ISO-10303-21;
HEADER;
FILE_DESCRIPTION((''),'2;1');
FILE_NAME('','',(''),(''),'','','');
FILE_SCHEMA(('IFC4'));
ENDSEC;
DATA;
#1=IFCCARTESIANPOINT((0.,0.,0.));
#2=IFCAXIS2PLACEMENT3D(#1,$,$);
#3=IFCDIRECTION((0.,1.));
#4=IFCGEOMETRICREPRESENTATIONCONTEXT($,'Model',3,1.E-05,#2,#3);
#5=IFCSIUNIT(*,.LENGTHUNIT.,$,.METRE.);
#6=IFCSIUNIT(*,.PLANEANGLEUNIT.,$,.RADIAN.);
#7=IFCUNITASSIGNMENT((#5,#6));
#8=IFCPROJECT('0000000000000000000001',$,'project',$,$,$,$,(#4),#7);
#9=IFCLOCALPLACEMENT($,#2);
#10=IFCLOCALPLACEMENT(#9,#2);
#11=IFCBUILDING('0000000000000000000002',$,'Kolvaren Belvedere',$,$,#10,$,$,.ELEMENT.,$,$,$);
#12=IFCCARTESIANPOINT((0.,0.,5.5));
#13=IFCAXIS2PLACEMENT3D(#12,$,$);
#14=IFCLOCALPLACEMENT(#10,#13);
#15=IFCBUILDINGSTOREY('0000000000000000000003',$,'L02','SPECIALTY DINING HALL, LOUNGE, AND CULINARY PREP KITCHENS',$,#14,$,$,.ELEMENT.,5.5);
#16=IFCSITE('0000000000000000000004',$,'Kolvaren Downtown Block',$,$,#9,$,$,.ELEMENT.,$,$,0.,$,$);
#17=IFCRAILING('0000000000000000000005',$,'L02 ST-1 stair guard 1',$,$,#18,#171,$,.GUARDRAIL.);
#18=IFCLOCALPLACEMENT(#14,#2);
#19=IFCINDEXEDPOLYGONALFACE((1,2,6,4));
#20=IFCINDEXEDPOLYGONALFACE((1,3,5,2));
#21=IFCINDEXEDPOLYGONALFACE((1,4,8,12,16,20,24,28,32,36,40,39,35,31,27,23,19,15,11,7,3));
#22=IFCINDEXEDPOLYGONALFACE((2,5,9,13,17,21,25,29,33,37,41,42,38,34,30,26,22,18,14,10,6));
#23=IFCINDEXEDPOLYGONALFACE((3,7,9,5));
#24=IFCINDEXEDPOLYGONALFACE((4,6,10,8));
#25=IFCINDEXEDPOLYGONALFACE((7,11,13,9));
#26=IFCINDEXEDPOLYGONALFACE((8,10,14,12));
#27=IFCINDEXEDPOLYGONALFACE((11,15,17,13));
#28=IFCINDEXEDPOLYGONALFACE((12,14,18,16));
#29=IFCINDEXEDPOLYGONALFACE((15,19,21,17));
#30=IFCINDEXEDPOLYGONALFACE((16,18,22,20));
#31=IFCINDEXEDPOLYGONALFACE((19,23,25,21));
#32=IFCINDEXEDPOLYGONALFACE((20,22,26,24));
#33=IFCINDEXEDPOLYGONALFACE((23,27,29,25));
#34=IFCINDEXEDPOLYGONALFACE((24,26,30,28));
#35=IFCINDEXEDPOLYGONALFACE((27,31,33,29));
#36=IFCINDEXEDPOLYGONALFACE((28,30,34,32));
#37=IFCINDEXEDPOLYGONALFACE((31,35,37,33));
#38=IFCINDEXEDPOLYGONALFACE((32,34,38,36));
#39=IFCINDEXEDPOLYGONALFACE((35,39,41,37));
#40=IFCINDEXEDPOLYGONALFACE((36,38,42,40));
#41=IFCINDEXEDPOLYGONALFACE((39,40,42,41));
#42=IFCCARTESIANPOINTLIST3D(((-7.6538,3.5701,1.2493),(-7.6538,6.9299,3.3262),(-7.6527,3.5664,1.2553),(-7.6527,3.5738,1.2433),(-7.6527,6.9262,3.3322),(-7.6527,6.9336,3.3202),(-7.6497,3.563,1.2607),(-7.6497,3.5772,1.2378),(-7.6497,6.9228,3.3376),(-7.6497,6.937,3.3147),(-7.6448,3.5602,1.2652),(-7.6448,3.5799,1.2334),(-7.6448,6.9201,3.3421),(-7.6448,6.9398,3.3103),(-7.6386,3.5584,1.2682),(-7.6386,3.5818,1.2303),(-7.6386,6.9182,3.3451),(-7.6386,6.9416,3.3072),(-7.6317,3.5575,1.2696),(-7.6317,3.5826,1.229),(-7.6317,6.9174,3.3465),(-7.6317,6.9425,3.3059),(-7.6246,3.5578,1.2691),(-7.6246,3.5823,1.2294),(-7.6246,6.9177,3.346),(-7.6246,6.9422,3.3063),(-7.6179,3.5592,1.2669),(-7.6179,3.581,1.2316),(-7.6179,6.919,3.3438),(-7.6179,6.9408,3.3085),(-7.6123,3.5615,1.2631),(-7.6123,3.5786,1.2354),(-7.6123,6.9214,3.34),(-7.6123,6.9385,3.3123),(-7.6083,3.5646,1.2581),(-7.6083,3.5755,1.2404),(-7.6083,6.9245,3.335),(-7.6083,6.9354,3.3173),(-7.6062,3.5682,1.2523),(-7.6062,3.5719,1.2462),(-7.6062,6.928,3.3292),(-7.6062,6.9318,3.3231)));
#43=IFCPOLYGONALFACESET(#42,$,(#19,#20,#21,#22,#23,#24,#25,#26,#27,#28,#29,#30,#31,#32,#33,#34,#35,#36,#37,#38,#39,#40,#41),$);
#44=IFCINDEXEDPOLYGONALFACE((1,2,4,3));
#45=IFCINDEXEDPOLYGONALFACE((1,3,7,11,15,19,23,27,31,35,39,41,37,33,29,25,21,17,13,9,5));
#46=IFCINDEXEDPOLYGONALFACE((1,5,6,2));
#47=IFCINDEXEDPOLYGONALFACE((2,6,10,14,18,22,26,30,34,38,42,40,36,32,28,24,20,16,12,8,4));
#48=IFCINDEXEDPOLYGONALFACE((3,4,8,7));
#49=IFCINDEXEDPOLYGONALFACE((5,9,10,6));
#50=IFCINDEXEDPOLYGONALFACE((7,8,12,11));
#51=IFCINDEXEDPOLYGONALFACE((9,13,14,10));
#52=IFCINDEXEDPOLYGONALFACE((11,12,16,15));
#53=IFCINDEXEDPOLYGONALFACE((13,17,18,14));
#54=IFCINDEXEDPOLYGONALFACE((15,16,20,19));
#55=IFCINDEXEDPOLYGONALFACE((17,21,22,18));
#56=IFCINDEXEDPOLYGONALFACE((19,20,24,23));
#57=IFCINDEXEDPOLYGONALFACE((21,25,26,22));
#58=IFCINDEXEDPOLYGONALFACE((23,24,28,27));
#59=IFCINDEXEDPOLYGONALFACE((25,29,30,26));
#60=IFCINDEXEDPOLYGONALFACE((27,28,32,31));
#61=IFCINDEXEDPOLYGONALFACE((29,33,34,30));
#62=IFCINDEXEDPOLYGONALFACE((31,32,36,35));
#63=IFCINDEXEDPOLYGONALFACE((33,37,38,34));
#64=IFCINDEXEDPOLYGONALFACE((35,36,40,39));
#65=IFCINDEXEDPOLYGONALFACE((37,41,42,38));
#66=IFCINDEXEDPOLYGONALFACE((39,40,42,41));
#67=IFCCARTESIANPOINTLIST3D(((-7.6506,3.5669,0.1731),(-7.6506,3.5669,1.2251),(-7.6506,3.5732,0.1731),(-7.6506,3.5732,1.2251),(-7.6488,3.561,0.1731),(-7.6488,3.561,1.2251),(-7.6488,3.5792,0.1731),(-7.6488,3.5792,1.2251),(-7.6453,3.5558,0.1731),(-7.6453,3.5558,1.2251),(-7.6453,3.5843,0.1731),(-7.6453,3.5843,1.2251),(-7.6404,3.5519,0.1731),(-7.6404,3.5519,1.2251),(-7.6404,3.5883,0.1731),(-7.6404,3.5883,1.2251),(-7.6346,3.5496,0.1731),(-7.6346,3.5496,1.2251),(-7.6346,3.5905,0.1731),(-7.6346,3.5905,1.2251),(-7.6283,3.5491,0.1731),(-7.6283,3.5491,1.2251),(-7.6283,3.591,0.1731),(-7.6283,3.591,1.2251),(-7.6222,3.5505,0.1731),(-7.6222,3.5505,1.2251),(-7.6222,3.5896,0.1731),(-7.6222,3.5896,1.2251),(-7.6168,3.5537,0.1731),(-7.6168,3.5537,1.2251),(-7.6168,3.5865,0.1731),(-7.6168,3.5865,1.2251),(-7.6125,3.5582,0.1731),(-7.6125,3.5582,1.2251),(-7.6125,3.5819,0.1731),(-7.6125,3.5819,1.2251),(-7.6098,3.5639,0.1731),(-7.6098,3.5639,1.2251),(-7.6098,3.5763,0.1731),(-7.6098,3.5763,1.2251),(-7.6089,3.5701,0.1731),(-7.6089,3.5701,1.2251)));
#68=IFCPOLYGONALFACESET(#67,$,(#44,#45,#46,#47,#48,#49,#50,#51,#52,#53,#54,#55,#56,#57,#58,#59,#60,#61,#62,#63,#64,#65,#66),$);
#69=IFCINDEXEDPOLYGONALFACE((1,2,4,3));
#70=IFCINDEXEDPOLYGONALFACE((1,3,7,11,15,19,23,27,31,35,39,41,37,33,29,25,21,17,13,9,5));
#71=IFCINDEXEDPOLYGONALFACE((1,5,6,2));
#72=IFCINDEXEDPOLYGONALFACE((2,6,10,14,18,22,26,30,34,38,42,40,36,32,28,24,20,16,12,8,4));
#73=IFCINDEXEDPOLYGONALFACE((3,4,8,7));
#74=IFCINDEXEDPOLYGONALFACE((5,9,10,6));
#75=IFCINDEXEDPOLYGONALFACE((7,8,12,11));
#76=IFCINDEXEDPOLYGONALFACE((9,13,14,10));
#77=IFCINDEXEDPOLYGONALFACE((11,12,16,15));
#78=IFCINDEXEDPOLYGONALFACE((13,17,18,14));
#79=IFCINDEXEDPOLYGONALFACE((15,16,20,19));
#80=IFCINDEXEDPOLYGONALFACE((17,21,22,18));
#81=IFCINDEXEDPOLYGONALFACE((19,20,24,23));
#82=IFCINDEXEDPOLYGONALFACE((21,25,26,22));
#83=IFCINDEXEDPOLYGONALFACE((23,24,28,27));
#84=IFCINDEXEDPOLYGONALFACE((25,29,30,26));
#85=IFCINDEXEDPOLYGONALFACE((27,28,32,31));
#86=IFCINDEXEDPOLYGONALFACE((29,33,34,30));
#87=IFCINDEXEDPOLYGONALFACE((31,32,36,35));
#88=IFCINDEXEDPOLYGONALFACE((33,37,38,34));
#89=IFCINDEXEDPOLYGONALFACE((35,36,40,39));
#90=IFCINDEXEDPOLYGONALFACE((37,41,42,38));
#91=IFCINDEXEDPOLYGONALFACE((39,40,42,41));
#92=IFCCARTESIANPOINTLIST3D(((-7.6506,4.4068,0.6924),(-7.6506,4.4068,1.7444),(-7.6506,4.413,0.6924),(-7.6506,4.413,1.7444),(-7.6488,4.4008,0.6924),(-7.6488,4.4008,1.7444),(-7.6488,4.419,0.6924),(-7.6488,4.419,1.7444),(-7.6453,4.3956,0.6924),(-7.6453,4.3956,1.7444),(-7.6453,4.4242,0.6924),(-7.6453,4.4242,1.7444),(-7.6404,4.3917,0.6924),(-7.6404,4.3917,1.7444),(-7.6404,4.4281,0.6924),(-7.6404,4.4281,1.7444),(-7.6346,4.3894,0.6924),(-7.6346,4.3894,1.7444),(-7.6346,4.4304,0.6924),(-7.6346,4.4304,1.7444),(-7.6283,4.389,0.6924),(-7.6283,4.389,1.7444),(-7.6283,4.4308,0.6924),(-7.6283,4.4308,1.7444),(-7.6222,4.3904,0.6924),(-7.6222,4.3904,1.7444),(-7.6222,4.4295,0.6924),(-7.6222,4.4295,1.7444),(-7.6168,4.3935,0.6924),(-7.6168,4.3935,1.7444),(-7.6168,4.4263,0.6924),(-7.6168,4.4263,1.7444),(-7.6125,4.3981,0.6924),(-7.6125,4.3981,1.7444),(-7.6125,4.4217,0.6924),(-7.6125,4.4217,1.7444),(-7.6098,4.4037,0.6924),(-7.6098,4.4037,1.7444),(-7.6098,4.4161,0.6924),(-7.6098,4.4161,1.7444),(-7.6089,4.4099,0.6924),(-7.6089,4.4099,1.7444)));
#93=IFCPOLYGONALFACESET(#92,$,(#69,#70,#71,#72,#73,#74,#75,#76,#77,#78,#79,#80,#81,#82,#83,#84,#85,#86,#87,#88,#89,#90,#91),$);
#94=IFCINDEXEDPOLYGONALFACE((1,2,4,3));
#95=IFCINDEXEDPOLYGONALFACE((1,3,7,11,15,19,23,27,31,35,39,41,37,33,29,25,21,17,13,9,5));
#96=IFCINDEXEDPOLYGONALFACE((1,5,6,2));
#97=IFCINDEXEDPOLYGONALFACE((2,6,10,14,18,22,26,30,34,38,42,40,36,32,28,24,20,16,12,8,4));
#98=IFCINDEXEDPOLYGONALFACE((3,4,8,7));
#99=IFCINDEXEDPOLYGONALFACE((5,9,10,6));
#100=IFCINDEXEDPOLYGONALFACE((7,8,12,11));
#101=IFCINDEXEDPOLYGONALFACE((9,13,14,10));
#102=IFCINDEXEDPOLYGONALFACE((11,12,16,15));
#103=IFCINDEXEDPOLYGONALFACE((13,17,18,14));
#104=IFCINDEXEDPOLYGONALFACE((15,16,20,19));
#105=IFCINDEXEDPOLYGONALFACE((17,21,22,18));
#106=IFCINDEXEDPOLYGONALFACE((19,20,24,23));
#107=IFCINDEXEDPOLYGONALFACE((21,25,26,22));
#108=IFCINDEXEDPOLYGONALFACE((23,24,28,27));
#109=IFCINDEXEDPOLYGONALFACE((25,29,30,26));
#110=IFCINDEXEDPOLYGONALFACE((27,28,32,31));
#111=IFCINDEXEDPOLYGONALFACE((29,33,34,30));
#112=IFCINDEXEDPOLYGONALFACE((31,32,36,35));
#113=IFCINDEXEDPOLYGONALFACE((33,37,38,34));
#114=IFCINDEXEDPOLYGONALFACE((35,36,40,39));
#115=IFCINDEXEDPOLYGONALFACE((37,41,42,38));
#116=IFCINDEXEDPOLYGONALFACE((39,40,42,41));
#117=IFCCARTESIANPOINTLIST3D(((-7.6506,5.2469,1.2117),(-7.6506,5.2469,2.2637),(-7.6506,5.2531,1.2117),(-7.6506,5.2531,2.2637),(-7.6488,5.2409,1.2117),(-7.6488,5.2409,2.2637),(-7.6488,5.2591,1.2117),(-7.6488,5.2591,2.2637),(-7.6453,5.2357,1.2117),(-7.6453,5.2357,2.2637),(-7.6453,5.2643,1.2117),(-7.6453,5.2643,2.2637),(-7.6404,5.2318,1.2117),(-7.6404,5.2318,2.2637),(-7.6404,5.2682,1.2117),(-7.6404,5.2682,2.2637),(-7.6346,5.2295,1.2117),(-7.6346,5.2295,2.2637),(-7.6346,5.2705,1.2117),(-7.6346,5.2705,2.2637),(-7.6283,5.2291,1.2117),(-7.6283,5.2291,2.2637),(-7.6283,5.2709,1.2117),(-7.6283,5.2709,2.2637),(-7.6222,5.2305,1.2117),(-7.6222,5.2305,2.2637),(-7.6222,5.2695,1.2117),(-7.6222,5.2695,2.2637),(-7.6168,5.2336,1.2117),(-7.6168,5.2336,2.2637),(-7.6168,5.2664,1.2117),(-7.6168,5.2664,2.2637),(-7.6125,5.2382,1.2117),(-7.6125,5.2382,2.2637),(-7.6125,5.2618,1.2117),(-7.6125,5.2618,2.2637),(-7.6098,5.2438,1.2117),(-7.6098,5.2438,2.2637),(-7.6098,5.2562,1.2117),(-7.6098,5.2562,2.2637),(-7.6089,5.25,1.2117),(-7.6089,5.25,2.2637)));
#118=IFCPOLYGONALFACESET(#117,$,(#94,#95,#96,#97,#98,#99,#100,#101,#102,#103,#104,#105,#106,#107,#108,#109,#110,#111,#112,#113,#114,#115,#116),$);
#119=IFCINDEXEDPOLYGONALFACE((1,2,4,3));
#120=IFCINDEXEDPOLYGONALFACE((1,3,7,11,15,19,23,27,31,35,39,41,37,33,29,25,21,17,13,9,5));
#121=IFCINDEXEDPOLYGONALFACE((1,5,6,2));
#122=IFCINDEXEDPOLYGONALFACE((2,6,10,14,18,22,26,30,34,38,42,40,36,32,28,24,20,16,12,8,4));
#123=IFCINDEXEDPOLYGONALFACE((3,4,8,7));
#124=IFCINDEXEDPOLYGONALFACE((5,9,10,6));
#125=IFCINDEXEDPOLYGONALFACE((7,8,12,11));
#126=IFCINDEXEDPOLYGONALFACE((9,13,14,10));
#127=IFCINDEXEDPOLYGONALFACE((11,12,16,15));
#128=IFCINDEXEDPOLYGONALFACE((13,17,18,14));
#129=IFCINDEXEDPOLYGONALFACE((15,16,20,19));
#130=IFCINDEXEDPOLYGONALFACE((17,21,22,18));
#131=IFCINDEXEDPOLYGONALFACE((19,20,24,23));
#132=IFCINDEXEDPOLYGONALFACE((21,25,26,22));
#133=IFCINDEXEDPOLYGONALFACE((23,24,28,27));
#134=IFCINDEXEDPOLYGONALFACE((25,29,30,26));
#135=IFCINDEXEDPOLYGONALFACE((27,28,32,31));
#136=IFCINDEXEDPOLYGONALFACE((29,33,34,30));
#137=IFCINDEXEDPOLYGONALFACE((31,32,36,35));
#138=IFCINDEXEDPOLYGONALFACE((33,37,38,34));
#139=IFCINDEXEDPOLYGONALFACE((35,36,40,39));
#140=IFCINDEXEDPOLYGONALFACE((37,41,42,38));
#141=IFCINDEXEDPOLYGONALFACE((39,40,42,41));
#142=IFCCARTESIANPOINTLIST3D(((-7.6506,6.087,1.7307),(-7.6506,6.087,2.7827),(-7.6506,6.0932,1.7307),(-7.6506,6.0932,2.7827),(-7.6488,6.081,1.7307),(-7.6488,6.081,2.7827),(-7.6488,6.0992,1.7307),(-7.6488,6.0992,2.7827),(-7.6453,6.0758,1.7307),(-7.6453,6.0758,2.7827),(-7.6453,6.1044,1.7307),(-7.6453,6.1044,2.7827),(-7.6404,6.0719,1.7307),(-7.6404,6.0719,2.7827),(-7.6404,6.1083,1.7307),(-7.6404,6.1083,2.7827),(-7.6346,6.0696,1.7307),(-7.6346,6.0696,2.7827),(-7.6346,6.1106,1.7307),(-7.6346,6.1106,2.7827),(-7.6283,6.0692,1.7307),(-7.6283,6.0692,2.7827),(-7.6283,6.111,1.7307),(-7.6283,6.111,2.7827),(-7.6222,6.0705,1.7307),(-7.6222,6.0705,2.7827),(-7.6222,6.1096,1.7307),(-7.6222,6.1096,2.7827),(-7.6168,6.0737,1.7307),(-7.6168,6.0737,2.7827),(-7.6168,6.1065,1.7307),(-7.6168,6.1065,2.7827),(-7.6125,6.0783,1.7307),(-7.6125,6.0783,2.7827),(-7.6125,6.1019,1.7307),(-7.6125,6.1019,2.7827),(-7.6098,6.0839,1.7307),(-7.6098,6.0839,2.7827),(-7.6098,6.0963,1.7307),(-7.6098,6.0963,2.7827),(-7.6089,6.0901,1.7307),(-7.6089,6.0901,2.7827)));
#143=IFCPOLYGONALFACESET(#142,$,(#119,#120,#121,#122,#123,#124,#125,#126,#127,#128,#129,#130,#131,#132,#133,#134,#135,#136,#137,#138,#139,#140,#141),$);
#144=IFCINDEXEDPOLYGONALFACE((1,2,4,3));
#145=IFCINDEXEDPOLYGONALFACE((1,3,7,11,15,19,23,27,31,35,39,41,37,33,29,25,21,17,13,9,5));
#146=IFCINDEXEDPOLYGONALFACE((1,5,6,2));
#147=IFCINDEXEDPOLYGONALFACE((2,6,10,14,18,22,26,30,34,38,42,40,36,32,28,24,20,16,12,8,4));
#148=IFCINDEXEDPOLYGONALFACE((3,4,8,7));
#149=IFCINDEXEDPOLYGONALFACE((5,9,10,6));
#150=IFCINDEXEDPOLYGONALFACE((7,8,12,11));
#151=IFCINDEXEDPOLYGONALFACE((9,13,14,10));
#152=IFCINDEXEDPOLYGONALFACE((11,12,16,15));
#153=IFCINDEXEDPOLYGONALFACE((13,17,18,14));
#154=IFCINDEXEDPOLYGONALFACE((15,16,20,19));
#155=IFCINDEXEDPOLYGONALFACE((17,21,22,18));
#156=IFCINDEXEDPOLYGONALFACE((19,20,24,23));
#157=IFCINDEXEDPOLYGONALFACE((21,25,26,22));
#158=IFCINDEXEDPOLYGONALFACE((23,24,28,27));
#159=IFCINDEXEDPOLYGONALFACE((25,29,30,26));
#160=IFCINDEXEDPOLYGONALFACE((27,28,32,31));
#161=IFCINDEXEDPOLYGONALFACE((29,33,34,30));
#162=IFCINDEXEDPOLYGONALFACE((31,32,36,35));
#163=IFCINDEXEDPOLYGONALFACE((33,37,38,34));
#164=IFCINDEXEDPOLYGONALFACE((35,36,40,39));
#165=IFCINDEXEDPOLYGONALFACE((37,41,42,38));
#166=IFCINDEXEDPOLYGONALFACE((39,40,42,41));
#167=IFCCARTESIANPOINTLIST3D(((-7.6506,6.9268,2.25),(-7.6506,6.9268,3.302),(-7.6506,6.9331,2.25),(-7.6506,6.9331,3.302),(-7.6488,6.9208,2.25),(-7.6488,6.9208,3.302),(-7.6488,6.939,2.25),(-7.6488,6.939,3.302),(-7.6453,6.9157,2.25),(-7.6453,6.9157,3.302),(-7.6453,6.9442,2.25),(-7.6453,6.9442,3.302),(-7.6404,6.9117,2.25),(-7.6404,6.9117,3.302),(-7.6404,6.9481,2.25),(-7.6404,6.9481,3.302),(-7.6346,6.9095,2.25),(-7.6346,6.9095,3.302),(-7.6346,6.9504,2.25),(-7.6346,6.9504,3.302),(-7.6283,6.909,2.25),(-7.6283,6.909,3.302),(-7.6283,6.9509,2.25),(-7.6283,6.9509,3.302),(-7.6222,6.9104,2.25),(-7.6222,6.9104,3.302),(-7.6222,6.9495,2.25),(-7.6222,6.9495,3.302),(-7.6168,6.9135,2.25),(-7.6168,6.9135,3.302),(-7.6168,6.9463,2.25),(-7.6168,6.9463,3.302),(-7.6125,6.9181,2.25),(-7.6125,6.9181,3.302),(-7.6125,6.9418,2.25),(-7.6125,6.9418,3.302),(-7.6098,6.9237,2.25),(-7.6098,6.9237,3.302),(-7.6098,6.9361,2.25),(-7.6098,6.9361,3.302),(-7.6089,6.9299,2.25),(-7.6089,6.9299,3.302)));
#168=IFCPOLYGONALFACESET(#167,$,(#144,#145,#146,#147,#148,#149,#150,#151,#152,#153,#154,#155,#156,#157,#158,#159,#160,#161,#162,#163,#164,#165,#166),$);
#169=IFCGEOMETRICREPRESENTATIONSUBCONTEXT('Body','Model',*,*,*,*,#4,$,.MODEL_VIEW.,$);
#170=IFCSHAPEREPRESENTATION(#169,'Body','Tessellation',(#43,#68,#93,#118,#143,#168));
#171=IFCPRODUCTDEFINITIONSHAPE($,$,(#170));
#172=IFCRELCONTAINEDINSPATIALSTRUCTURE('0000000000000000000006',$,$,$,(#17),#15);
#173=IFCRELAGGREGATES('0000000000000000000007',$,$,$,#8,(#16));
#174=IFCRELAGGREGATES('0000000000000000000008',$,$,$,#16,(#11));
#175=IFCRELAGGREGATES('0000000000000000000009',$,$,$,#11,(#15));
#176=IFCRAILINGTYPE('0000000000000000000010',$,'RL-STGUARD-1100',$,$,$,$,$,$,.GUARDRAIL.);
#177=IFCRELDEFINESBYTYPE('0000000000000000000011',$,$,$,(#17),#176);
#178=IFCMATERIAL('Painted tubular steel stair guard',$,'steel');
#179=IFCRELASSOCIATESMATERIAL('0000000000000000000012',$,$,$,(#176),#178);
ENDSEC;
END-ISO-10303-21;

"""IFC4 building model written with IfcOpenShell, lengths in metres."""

from ifc_helpers import new_model, si_unit, direction, frame, origin, origin_2d, place, context, subcontext, project, spatial, circle, extrude, material, type_object, element, save


model = new_model("IFC4")

# Units and contexts
model_context = context("Model", 3, precision=1e-05, world=origin(), true_north=direction((0.0, 1.0)))
body_context = subcontext(model_context, "Body", "Model", "MODEL_VIEW")
ifc_project = project(units=[si_unit("LENGTHUNIT", "METRE"), si_unit("PLANEANGLEUNIT", "RADIAN")], contexts=[model_context])

# Site, building, storey
site_placement = place(None, origin())
site = spatial("IfcSite", under=ifc_project, at=site_placement, Name="Kolvaren Downtown Block", CompositionType="ELEMENT", RefElevation=0.0)
building_placement = place(site_placement, origin())
building = spatial("IfcBuilding", under=site, at=building_placement, Name="Kolvaren Belvedere", CompositionType="ELEMENT")
storey_placement = place(building_placement, frame((0.0, 0.0, 5.5)))
storey = spatial("IfcBuildingStorey", under=building, at=storey_placement, Name="L02", Description="SPECIALTY DINING HALL, LOUNGE, AND CULINARY PREP KITCHENS", CompositionType="ELEMENT", Elevation=5.5)

# Railing
ifc_material_1 = material(Name="Painted tubular steel stair guard", Category="steel")
railing_type_1 = type_object("IfcRailingType", Name="RL-STGUARD-1100", PredefinedType="GUARDRAIL", material=ifc_material_1)
railing_1_placement = place(storey_placement, frame((-7.6299, 3.5701, 0.1731)))
element("IfcRailing", 1, at=railing_1_placement, inside=storey, type_object=railing_type_1, Name="L02 ST-1 stair guard 1", PredefinedType="GUARDRAIL", context=body_context, shape_type="SweptSolid", body=[
    extrude(circle(Radius=0.0239, at=origin_2d()), frame((0.0, 0.0, 1.0762), z_axis=(0.0, 0.850606, 0.525803), x_axis=(-1.0, 0.0, 0.0)), (0.0, 0.0, 1.0), 3.95),
    extrude(circle(Radius=0.021, at=origin_2d()), origin(), (0.0, 0.0, 1.0), 1.052),
    extrude(circle(Radius=0.021, at=origin_2d()), frame((0.0, 0.8398, 0.5193)), (0.0, 0.0, 1.0), 1.052),
    extrude(circle(Radius=0.021, at=origin_2d()), frame((0.0, 1.6799, 1.0386)), (0.0, 0.0, 1.0), 1.052),
    extrude(circle(Radius=0.021, at=origin_2d()), frame((0.0, 2.52, 1.5576)), (0.0, 0.0, 1.0), 1.052),
    extrude(circle(Radius=0.021, at=origin_2d()), frame((0.0, 3.3599, 2.0769)), (0.0, 0.0, 1.0), 1.052),
])

save(model, "model.ifc")
